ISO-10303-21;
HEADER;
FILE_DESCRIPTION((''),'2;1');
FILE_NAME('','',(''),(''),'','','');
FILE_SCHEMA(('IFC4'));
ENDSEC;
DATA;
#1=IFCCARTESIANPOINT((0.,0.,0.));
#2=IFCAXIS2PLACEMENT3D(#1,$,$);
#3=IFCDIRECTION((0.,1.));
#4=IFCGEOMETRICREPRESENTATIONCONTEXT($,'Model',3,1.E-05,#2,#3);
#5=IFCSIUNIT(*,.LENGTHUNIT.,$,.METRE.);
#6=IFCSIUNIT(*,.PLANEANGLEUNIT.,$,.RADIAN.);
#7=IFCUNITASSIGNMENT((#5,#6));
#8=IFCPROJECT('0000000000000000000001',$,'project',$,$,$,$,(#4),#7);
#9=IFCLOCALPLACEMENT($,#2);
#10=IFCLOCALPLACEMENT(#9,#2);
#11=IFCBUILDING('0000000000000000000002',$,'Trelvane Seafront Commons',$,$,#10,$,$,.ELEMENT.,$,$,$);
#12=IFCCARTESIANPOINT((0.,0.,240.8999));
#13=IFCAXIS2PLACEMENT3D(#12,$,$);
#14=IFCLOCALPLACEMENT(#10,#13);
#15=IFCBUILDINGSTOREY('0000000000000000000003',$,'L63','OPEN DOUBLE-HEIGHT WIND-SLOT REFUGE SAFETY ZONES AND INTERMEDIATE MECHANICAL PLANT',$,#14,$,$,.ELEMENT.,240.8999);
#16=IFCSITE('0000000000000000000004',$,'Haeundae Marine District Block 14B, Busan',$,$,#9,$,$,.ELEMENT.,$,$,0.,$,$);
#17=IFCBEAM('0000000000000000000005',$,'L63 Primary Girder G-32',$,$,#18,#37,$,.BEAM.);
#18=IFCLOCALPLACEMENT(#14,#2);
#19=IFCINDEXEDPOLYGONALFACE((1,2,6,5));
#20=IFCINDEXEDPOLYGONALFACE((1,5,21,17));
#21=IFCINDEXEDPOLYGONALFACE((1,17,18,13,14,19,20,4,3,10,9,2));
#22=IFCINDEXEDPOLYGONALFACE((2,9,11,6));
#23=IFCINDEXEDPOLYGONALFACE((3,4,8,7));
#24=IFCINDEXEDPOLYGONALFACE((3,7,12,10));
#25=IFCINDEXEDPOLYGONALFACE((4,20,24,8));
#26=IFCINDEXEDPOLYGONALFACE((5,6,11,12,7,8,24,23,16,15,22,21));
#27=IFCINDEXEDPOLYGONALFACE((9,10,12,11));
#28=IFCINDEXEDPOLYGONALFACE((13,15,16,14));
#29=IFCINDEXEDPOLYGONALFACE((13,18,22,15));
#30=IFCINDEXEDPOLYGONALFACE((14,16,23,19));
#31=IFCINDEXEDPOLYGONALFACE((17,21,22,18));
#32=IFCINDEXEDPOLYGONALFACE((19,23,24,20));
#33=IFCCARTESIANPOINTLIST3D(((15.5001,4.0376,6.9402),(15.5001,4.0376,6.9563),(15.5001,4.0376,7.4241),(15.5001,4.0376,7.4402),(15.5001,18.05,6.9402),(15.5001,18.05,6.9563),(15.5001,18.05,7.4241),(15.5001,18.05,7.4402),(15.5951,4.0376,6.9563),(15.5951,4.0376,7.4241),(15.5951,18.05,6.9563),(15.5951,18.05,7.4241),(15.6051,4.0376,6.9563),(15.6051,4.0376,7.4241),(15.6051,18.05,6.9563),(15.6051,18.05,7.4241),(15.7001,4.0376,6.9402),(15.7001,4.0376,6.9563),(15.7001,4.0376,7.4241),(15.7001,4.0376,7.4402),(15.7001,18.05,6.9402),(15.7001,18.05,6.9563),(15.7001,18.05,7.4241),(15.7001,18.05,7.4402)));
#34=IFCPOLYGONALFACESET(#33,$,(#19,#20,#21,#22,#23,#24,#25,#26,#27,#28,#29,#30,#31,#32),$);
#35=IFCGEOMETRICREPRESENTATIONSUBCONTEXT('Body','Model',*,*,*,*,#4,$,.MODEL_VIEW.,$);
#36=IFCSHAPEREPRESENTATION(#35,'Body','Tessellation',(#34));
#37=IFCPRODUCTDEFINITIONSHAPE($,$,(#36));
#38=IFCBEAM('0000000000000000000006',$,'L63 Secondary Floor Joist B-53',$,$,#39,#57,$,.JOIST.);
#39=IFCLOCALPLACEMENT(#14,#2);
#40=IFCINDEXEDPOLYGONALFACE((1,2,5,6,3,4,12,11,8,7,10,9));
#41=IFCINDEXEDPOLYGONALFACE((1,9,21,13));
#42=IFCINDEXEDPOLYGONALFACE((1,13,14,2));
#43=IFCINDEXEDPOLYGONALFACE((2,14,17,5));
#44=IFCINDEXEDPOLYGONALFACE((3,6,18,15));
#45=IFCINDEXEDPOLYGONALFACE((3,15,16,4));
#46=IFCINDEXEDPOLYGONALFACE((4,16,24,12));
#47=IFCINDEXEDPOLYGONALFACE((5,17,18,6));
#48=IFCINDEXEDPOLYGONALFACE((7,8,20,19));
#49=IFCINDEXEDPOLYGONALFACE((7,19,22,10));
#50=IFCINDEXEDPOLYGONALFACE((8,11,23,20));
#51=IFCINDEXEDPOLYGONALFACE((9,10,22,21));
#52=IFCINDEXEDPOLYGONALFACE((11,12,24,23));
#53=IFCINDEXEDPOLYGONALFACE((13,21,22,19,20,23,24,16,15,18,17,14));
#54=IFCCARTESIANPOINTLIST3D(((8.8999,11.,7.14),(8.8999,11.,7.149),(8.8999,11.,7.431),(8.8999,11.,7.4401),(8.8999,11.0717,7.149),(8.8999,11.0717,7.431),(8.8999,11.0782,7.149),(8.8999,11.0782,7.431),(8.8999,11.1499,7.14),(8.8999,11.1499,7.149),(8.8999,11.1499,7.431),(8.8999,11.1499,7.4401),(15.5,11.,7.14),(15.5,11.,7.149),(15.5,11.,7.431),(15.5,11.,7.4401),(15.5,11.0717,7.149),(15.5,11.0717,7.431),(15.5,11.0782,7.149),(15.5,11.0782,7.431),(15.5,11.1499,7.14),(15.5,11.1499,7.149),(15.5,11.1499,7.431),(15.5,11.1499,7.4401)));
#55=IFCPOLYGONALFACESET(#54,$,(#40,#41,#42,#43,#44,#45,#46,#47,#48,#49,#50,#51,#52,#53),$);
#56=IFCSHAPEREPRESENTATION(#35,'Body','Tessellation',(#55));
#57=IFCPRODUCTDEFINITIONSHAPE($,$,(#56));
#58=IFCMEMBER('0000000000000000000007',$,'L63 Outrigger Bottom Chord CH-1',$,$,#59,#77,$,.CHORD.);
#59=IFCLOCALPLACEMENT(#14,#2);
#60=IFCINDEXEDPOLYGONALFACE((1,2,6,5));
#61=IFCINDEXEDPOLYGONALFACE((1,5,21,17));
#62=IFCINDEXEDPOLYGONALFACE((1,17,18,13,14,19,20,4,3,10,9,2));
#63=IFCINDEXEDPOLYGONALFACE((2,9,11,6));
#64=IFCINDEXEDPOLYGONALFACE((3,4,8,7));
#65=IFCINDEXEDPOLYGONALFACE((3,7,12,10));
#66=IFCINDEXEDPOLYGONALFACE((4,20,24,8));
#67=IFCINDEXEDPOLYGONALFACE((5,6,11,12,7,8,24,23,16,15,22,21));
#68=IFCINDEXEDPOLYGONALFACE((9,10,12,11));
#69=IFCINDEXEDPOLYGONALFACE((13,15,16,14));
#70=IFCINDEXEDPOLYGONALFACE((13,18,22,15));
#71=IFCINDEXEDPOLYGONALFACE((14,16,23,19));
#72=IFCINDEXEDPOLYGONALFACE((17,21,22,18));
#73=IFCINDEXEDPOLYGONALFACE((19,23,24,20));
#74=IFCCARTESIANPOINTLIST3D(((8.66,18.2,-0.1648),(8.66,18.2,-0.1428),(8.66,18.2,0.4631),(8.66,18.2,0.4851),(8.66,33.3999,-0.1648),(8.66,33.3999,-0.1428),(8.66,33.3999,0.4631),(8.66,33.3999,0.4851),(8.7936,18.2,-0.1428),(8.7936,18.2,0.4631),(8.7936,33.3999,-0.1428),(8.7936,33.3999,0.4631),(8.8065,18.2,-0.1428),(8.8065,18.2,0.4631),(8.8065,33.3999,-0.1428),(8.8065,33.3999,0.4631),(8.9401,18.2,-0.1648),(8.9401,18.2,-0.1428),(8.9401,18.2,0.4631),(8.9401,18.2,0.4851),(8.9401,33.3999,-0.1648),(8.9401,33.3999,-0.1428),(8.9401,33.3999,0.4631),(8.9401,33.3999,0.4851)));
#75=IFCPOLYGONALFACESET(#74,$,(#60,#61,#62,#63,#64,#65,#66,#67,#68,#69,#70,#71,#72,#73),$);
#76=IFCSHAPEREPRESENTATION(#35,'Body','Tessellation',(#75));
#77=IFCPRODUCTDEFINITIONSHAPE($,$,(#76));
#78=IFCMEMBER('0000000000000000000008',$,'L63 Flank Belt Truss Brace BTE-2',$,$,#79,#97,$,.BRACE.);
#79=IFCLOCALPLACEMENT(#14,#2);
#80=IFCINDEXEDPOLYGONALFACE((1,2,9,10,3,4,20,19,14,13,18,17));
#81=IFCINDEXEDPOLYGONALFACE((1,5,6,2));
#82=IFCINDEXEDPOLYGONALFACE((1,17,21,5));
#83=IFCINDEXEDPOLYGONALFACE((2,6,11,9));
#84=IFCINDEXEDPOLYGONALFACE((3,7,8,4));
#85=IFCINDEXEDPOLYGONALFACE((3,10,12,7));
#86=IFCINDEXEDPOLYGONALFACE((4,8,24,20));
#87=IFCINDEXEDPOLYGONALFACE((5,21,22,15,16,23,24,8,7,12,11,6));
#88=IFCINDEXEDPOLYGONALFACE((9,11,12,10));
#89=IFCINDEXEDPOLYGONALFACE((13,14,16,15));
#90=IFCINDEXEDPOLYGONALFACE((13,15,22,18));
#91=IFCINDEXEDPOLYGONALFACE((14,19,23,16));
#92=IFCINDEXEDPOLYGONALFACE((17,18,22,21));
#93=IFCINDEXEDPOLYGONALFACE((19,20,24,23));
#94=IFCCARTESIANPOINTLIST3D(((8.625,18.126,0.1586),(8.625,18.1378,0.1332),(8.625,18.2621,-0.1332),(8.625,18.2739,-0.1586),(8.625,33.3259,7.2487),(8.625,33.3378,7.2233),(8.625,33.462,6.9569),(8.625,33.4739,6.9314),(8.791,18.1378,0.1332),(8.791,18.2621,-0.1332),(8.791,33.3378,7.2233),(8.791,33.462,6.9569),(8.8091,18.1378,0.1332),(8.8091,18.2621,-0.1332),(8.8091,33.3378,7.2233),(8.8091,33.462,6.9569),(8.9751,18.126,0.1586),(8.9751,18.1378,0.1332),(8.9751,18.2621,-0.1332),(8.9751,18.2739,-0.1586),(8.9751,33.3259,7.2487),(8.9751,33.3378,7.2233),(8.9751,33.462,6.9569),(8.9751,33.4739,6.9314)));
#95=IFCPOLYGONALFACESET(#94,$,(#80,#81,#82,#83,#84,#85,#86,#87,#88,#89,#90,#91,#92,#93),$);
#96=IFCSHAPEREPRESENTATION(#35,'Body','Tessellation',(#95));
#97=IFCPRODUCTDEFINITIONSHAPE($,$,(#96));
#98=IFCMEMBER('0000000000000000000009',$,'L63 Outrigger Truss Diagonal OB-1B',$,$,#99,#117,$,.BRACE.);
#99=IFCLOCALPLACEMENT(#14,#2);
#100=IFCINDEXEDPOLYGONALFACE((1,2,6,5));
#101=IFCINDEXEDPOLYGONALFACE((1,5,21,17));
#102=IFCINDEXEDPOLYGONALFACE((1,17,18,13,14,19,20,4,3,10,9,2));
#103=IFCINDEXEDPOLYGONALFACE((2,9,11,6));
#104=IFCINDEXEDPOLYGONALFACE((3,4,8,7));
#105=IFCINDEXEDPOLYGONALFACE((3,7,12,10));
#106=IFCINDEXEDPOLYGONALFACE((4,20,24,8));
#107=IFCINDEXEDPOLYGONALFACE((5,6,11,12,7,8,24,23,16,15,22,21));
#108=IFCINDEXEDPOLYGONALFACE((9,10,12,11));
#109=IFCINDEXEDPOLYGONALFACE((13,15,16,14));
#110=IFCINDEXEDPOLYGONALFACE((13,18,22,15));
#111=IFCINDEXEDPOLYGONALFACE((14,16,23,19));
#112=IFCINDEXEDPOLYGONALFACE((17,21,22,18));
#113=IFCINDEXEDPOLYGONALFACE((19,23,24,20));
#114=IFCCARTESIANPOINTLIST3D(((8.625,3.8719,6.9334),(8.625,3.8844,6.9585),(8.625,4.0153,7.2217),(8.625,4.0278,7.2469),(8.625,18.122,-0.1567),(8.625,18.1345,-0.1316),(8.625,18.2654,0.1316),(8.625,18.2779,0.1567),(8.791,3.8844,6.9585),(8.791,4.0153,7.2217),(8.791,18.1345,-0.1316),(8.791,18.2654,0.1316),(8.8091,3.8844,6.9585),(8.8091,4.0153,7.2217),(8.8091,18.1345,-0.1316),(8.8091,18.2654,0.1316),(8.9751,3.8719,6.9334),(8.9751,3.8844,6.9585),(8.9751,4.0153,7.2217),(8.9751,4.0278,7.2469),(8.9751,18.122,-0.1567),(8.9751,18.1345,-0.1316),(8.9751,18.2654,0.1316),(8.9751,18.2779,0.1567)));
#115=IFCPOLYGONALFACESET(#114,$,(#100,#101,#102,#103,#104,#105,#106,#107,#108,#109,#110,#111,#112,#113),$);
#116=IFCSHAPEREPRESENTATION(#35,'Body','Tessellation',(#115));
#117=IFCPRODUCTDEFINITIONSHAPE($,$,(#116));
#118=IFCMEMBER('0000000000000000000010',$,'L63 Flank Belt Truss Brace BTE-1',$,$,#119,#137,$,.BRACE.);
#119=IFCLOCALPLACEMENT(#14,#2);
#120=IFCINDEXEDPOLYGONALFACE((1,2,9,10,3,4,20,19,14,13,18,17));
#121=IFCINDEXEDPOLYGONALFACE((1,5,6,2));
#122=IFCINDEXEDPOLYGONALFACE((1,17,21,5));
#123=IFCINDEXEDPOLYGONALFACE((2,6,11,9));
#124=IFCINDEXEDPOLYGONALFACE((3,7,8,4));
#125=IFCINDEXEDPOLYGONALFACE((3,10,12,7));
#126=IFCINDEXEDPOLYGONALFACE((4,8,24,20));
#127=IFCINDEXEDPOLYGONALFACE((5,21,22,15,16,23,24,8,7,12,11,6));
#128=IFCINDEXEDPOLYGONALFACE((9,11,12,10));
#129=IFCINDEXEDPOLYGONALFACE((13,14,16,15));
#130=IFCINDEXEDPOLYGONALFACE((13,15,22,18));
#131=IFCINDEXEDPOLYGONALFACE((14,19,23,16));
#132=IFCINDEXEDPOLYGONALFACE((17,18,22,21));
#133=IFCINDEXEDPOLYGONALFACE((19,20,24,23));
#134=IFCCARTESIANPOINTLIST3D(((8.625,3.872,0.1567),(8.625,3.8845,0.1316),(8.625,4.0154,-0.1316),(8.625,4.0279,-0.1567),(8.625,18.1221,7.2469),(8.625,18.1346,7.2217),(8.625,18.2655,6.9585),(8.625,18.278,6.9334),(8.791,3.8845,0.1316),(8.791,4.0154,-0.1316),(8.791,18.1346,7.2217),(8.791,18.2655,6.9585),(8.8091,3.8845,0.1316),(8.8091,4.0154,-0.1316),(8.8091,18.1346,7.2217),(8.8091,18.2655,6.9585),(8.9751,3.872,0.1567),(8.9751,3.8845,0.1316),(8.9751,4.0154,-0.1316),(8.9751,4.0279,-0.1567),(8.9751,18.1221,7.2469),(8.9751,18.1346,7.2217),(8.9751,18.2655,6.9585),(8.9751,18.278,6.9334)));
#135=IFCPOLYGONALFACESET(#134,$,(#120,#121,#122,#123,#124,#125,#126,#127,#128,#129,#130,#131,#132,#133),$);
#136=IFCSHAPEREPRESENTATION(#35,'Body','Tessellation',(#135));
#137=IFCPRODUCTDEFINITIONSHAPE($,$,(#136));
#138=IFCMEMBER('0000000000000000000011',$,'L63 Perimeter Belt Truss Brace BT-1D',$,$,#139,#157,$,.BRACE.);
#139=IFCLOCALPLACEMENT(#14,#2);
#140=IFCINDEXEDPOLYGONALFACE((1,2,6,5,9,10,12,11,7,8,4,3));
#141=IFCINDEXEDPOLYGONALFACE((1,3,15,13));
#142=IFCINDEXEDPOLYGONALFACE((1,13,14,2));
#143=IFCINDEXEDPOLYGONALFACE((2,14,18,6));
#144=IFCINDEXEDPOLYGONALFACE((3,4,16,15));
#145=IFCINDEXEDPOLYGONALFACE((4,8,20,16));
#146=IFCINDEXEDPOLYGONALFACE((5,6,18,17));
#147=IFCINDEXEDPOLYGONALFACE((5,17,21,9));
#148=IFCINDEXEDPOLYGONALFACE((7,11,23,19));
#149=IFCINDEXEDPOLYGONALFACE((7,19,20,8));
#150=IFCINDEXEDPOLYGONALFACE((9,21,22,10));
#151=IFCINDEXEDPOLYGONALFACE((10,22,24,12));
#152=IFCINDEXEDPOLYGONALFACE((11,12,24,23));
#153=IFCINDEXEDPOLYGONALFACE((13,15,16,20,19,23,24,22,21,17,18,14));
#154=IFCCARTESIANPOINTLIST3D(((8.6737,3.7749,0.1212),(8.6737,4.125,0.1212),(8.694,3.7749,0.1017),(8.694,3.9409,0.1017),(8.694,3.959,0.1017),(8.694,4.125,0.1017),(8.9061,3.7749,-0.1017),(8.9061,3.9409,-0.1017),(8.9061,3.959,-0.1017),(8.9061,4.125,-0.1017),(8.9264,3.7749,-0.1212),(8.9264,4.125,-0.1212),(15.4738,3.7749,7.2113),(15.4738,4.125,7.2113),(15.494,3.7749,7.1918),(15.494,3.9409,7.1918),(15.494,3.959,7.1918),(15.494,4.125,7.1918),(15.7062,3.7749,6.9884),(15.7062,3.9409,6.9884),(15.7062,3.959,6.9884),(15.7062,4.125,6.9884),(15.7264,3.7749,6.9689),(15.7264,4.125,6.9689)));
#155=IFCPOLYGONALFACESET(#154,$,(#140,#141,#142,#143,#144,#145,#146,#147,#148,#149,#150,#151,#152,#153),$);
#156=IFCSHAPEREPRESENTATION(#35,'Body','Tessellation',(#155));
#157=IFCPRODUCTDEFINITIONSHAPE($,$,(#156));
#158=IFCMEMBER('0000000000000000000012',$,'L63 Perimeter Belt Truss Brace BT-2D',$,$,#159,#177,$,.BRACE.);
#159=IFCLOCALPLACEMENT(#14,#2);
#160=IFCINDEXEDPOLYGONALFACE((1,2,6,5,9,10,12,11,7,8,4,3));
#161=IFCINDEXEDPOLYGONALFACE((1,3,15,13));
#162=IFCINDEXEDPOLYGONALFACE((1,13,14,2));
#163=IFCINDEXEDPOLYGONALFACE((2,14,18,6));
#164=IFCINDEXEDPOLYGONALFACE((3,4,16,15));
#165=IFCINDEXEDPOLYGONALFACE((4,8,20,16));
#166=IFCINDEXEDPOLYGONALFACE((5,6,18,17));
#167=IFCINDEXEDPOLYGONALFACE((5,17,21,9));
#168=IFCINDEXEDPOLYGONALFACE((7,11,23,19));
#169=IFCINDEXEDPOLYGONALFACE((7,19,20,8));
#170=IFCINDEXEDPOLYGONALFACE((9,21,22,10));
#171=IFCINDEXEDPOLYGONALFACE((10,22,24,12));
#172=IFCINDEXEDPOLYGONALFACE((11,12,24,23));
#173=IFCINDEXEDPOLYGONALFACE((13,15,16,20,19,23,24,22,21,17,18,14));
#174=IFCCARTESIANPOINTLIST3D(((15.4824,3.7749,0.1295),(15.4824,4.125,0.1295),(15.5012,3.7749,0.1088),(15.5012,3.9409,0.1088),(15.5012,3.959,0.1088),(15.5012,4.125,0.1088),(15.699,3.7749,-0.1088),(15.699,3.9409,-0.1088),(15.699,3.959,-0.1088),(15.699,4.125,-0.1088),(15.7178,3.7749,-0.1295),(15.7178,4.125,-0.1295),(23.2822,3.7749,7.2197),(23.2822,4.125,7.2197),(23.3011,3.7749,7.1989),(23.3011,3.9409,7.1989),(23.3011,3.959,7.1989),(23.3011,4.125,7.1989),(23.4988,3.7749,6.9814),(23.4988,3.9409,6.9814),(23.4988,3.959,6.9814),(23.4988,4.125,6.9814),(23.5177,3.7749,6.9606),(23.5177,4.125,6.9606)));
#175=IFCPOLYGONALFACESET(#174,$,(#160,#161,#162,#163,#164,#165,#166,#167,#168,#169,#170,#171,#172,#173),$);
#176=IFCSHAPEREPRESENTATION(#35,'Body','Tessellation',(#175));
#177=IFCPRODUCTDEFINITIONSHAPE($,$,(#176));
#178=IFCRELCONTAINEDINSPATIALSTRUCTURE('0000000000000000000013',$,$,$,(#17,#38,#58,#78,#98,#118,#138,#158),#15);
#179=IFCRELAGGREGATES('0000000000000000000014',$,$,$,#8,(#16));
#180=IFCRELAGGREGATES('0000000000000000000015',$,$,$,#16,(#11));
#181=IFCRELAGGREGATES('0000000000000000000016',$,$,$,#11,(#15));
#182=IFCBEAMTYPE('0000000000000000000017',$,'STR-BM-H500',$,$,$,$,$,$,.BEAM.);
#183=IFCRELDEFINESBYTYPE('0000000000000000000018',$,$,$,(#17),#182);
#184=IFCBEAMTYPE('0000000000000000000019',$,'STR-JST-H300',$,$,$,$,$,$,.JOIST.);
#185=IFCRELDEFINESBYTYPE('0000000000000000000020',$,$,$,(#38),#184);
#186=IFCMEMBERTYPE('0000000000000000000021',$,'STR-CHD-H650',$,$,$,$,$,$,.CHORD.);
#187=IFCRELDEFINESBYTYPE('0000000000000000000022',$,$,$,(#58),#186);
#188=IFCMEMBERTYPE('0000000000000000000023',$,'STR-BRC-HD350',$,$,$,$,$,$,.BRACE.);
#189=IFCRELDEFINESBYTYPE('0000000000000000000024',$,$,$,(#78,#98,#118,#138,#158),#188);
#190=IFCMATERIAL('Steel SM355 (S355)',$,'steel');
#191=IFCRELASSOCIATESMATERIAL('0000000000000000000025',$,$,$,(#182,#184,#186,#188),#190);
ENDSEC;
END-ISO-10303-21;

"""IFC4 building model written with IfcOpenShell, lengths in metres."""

from ifc_helpers import new_model, si_unit, direction, frame, origin, origin_2d, place, context, subcontext, project, spatial, i_section, extrude, source, transform, mapped, material, material_profile, profile_set, type_object, element, save


model = new_model("IFC4")

# Units and contexts
model_context = context("Model", 3, precision=1e-05, world=origin(), true_north=direction((0.0, 1.0)))
body_context = subcontext(model_context, "Body", "Model", "MODEL_VIEW")
ifc_project = project(units=[si_unit("LENGTHUNIT", "METRE"), si_unit("PLANEANGLEUNIT", "RADIAN")], contexts=[model_context])

# Site, building, storey
site_placement = place(None, origin())
site = spatial("IfcSite", under=ifc_project, at=site_placement, Name="Haeundae Marine District Block 14B, Busan", CompositionType="ELEMENT", RefElevation=0.0)
building_placement = place(site_placement, origin())
building = spatial("IfcBuilding", under=site, at=building_placement, Name="Trelvane Seafront Commons", CompositionType="ELEMENT")
storey_placement = place(building_placement, frame((0.0, 0.0, 240.8999)))
storey = spatial("IfcBuildingStorey", under=building, at=storey_placement, Name="L63", Description="OPEN DOUBLE-HEIGHT WIND-SLOT REFUGE SAFETY ZONES AND INTERMEDIATE MECHANICAL PLANT", CompositionType="ELEMENT", Elevation=240.8999)

# Shared definitions
ifc_material_1 = material(Name="Steel SM355 (S355)", Category="steel")

# Beams
ifc_material_profile_1 = material_profile(ifc_material_1, i_section(OverallWidth=0.2, OverallDepth=0.5, WebThickness=0.01, FlangeThickness=0.0161, at=origin_2d()), Name="H-500x200x10x16")
ifc_profile_set_1 = profile_set([ifc_material_profile_1], Name="Steel SM355 (S355)")
beam_type_1 = type_object("IfcBeamType", Name="STR-BM-H500", PredefinedType="BEAM", material=ifc_profile_set_1)
shared_shape_1 = source(origin(), body_context, "Body", "SweptSolid", [
    extrude(i_section(OverallWidth=0.2, OverallDepth=0.5, WebThickness=0.01, FlangeThickness=0.0161, at=origin_2d()), origin(), (0.0, 0.0, 1.0), 14.0125),
])
beam_1_placement = place(storey_placement, frame((15.6001, 4.0376, 7.1902), z_axis=(0.0, 1.0, 0.0), x_axis=(-1.0, 0.0, 0.0)))
element("IfcBeam", 1, at=beam_1_placement, inside=storey, type_object=beam_type_1, Name="L63 Primary Girder G-32", PredefinedType="BEAM", context=body_context, shape_type="MappedRepresentation", body=[
    mapped(shared_shape_1, transform((0.0, 0.0, 0.0), x_axis=(1.0, 0.0, 0.0), y_axis=(0.0, 1.0, 0.0), z_axis=(0.0, 0.0, 1.0), scale=1.0)),
])
ifc_material_profile_2 = material_profile(ifc_material_1, i_section(OverallWidth=0.1499, OverallDepth=0.3, WebThickness=0.0066, FlangeThickness=0.009, at=origin_2d()), Name="H-300x150x6.5x9")
ifc_profile_set_2 = profile_set([ifc_material_profile_2], Name="Steel SM355 (S355)")
beam_type_2 = type_object("IfcBeamType", Name="STR-JST-H300", PredefinedType="JOIST", material=ifc_profile_set_2)
shared_shape_2 = source(origin(), body_context, "Body", "SweptSolid", [
    extrude(i_section(OverallWidth=0.1499, OverallDepth=0.3, WebThickness=0.0066, FlangeThickness=0.009, at=origin_2d()), origin(), (0.0, 0.0, 1.0), 6.6001),
])
beam_2_placement = place(storey_placement, frame((8.8999, 11.075, 7.29), z_axis=(1.0, 0.0, 0.0), x_axis=(0.0, 1.0, 0.0)))
element("IfcBeam", 2, at=beam_2_placement, inside=storey, type_object=beam_type_2, Name="L63 Secondary Floor Joist B-53", PredefinedType="JOIST", context=body_context, shape_type="MappedRepresentation", body=[
    mapped(shared_shape_2, transform((0.0, 0.0, 0.0), x_axis=(1.0, 0.0, 0.0), y_axis=(0.0, 1.0, 0.0), z_axis=(0.0, 0.0, 1.0), scale=1.0)),
])

# Members
ifc_material_profile_3 = material_profile(ifc_material_1, i_section(OverallWidth=0.28, OverallDepth=0.6499, WebThickness=0.0129, FlangeThickness=0.022, at=origin_2d()), Name="H-650x280x13x22")
ifc_profile_set_3 = profile_set([ifc_material_profile_3], Name="Steel SM355 (S355)")
member_type_1 = type_object("IfcMemberType", Name="STR-CHD-H650", PredefinedType="CHORD", material=ifc_profile_set_3)
shared_shape_3 = source(origin(), body_context, "Body", "SweptSolid", [
    extrude(i_section(OverallWidth=0.28, OverallDepth=0.6499, WebThickness=0.0129, FlangeThickness=0.022, at=origin_2d()), origin(), (0.0, 0.0, 1.0), 15.2),
])
member_1_placement = place(storey_placement, frame((8.8, 18.2, 0.1602), z_axis=(0.0, 1.0, 0.0), x_axis=(-1.0, 0.0, 0.0)))
element("IfcMember", 3, at=member_1_placement, inside=storey, type_object=member_type_1, Name="L63 Outrigger Bottom Chord CH-1", PredefinedType="CHORD", context=body_context, shape_type="MappedRepresentation", body=[
    mapped(shared_shape_3, transform((0.0, 0.0, 0.0), x_axis=(1.0, 0.0, 0.0), y_axis=(0.0, 1.0, 0.0), z_axis=(0.0, 0.0, 1.0), scale=1.0)),
])
ifc_material_profile_4 = material_profile(ifc_material_1, i_section(OverallWidth=0.3501, OverallDepth=0.3501, WebThickness=0.0181, FlangeThickness=0.0281, at=origin_2d()), Name="HD-350x350x18x28")
ifc_profile_set_4 = profile_set([ifc_material_profile_4], Name="Steel SM355 (S355)")
member_type_2 = type_object("IfcMemberType", Name="STR-BRC-HD350", PredefinedType="BRACE", material=ifc_profile_set_4)
shared_shape_4 = source(origin(), body_context, "Body", "SweptSolid", [
    extrude(i_section(OverallWidth=0.3501, OverallDepth=0.3501, WebThickness=0.0181, FlangeThickness=0.0281, at=origin_2d()), origin(), (0.0, 0.0, 1.0), 16.7722),
])
member_2_placement = place(storey_placement, frame((8.8, 18.2, 0.0), z_axis=(0.0, 0.906257, 0.422728), x_axis=(-1.0, 0.0, 0.0)))
element("IfcMember", 4, at=member_2_placement, inside=storey, type_object=member_type_2, Name="L63 Flank Belt Truss Brace BTE-2", PredefinedType="BRACE", context=body_context, shape_type="MappedRepresentation", body=[
    mapped(shared_shape_4, transform((0.0, 0.0, 0.0), x_axis=(1.0, 0.0, 0.0), y_axis=(0.0, 1.0, 0.0), z_axis=(0.0, 0.0, 1.0), scale=1.0)),
])
shared_shape_5 = source(origin(), body_context, "Body", "SweptSolid", [
    extrude(i_section(OverallWidth=0.3501, OverallDepth=0.3501, WebThickness=0.0181, FlangeThickness=0.0281, at=origin_2d()), origin(), (0.0, 0.0, 1.0), 15.9165),
])
for number, where, z_axis, x_axis, name in (
    (5, (8.8, 18.2, 0.0), (0.0, -0.895303, 0.445458), (1.0, 0.0, 0.0), "L63 Outrigger Truss Diagonal OB-1B"),
    (6, (8.8, 3.95, 0.0), (0.0, 0.895303, 0.445458), (-1.0, 0.0, 0.0), "L63 Flank Belt Truss Brace BTE-1"),
):
    element("IfcMember", number, at=place(storey_placement, frame(where, z_axis=z_axis, x_axis=x_axis)), inside=storey, type_object=member_type_2, Name=name, PredefinedType="BRACE", context=body_context, shape_type="MappedRepresentation", body=[
        mapped(shared_shape_5, transform((0.0, 0.0, 0.0), x_axis=(1.0, 0.0, 0.0), y_axis=(0.0, 1.0, 0.0), z_axis=(0.0, 0.0, 1.0), scale=1.0)),
    ])
shared_shape_6 = source(origin(), body_context, "Body", "SweptSolid", [
    extrude(i_section(OverallWidth=0.3501, OverallDepth=0.3501, WebThickness=0.0181, FlangeThickness=0.0281, at=origin_2d()), origin(), (0.0, 0.0, 1.0), 9.824),
])
member_3_placement = place(storey_placement, frame((8.8, 3.95, 0.0), z_axis=(0.692191, 0.0, 0.721715), x_axis=(0.0, 1.0, 0.0)))
element("IfcMember", 7, at=member_3_placement, inside=storey, type_object=member_type_2, Name="L63 Perimeter Belt Truss Brace BT-1D", PredefinedType="BRACE", context=body_context, shape_type="MappedRepresentation", body=[
    mapped(shared_shape_6, transform((0.0, 0.0, 0.0), x_axis=(1.0, 0.0, 0.0), y_axis=(0.0, 1.0, 0.0), z_axis=(0.0, 0.0, 1.0), scale=1.0)),
])
shared_shape_7 = source(origin(), body_context, "Body", "SweptSolid", [
    extrude(i_section(OverallWidth=0.3501, OverallDepth=0.3501, WebThickness=0.0181, FlangeThickness=0.0281, at=origin_2d()), origin(), (0.0, 0.0, 1.0), 10.5408),
])
member_4_placement = place(storey_placement, frame((15.6001, 3.95, 0.0), z_axis=(0.73997, 0.0, 0.672639), x_axis=(0.0, 1.0, 0.0)))
element("IfcMember", 8, at=member_4_placement, inside=storey, type_object=member_type_2, Name="L63 Perimeter Belt Truss Brace BT-2D", PredefinedType="BRACE", context=body_context, shape_type="MappedRepresentation", body=[
    mapped(shared_shape_7, transform((0.0, 0.0, 0.0), x_axis=(1.0, 0.0, 0.0), y_axis=(0.0, 1.0, 0.0), z_axis=(0.0, 0.0, 1.0), scale=1.0)),
])

save(model, "model.ifc")
